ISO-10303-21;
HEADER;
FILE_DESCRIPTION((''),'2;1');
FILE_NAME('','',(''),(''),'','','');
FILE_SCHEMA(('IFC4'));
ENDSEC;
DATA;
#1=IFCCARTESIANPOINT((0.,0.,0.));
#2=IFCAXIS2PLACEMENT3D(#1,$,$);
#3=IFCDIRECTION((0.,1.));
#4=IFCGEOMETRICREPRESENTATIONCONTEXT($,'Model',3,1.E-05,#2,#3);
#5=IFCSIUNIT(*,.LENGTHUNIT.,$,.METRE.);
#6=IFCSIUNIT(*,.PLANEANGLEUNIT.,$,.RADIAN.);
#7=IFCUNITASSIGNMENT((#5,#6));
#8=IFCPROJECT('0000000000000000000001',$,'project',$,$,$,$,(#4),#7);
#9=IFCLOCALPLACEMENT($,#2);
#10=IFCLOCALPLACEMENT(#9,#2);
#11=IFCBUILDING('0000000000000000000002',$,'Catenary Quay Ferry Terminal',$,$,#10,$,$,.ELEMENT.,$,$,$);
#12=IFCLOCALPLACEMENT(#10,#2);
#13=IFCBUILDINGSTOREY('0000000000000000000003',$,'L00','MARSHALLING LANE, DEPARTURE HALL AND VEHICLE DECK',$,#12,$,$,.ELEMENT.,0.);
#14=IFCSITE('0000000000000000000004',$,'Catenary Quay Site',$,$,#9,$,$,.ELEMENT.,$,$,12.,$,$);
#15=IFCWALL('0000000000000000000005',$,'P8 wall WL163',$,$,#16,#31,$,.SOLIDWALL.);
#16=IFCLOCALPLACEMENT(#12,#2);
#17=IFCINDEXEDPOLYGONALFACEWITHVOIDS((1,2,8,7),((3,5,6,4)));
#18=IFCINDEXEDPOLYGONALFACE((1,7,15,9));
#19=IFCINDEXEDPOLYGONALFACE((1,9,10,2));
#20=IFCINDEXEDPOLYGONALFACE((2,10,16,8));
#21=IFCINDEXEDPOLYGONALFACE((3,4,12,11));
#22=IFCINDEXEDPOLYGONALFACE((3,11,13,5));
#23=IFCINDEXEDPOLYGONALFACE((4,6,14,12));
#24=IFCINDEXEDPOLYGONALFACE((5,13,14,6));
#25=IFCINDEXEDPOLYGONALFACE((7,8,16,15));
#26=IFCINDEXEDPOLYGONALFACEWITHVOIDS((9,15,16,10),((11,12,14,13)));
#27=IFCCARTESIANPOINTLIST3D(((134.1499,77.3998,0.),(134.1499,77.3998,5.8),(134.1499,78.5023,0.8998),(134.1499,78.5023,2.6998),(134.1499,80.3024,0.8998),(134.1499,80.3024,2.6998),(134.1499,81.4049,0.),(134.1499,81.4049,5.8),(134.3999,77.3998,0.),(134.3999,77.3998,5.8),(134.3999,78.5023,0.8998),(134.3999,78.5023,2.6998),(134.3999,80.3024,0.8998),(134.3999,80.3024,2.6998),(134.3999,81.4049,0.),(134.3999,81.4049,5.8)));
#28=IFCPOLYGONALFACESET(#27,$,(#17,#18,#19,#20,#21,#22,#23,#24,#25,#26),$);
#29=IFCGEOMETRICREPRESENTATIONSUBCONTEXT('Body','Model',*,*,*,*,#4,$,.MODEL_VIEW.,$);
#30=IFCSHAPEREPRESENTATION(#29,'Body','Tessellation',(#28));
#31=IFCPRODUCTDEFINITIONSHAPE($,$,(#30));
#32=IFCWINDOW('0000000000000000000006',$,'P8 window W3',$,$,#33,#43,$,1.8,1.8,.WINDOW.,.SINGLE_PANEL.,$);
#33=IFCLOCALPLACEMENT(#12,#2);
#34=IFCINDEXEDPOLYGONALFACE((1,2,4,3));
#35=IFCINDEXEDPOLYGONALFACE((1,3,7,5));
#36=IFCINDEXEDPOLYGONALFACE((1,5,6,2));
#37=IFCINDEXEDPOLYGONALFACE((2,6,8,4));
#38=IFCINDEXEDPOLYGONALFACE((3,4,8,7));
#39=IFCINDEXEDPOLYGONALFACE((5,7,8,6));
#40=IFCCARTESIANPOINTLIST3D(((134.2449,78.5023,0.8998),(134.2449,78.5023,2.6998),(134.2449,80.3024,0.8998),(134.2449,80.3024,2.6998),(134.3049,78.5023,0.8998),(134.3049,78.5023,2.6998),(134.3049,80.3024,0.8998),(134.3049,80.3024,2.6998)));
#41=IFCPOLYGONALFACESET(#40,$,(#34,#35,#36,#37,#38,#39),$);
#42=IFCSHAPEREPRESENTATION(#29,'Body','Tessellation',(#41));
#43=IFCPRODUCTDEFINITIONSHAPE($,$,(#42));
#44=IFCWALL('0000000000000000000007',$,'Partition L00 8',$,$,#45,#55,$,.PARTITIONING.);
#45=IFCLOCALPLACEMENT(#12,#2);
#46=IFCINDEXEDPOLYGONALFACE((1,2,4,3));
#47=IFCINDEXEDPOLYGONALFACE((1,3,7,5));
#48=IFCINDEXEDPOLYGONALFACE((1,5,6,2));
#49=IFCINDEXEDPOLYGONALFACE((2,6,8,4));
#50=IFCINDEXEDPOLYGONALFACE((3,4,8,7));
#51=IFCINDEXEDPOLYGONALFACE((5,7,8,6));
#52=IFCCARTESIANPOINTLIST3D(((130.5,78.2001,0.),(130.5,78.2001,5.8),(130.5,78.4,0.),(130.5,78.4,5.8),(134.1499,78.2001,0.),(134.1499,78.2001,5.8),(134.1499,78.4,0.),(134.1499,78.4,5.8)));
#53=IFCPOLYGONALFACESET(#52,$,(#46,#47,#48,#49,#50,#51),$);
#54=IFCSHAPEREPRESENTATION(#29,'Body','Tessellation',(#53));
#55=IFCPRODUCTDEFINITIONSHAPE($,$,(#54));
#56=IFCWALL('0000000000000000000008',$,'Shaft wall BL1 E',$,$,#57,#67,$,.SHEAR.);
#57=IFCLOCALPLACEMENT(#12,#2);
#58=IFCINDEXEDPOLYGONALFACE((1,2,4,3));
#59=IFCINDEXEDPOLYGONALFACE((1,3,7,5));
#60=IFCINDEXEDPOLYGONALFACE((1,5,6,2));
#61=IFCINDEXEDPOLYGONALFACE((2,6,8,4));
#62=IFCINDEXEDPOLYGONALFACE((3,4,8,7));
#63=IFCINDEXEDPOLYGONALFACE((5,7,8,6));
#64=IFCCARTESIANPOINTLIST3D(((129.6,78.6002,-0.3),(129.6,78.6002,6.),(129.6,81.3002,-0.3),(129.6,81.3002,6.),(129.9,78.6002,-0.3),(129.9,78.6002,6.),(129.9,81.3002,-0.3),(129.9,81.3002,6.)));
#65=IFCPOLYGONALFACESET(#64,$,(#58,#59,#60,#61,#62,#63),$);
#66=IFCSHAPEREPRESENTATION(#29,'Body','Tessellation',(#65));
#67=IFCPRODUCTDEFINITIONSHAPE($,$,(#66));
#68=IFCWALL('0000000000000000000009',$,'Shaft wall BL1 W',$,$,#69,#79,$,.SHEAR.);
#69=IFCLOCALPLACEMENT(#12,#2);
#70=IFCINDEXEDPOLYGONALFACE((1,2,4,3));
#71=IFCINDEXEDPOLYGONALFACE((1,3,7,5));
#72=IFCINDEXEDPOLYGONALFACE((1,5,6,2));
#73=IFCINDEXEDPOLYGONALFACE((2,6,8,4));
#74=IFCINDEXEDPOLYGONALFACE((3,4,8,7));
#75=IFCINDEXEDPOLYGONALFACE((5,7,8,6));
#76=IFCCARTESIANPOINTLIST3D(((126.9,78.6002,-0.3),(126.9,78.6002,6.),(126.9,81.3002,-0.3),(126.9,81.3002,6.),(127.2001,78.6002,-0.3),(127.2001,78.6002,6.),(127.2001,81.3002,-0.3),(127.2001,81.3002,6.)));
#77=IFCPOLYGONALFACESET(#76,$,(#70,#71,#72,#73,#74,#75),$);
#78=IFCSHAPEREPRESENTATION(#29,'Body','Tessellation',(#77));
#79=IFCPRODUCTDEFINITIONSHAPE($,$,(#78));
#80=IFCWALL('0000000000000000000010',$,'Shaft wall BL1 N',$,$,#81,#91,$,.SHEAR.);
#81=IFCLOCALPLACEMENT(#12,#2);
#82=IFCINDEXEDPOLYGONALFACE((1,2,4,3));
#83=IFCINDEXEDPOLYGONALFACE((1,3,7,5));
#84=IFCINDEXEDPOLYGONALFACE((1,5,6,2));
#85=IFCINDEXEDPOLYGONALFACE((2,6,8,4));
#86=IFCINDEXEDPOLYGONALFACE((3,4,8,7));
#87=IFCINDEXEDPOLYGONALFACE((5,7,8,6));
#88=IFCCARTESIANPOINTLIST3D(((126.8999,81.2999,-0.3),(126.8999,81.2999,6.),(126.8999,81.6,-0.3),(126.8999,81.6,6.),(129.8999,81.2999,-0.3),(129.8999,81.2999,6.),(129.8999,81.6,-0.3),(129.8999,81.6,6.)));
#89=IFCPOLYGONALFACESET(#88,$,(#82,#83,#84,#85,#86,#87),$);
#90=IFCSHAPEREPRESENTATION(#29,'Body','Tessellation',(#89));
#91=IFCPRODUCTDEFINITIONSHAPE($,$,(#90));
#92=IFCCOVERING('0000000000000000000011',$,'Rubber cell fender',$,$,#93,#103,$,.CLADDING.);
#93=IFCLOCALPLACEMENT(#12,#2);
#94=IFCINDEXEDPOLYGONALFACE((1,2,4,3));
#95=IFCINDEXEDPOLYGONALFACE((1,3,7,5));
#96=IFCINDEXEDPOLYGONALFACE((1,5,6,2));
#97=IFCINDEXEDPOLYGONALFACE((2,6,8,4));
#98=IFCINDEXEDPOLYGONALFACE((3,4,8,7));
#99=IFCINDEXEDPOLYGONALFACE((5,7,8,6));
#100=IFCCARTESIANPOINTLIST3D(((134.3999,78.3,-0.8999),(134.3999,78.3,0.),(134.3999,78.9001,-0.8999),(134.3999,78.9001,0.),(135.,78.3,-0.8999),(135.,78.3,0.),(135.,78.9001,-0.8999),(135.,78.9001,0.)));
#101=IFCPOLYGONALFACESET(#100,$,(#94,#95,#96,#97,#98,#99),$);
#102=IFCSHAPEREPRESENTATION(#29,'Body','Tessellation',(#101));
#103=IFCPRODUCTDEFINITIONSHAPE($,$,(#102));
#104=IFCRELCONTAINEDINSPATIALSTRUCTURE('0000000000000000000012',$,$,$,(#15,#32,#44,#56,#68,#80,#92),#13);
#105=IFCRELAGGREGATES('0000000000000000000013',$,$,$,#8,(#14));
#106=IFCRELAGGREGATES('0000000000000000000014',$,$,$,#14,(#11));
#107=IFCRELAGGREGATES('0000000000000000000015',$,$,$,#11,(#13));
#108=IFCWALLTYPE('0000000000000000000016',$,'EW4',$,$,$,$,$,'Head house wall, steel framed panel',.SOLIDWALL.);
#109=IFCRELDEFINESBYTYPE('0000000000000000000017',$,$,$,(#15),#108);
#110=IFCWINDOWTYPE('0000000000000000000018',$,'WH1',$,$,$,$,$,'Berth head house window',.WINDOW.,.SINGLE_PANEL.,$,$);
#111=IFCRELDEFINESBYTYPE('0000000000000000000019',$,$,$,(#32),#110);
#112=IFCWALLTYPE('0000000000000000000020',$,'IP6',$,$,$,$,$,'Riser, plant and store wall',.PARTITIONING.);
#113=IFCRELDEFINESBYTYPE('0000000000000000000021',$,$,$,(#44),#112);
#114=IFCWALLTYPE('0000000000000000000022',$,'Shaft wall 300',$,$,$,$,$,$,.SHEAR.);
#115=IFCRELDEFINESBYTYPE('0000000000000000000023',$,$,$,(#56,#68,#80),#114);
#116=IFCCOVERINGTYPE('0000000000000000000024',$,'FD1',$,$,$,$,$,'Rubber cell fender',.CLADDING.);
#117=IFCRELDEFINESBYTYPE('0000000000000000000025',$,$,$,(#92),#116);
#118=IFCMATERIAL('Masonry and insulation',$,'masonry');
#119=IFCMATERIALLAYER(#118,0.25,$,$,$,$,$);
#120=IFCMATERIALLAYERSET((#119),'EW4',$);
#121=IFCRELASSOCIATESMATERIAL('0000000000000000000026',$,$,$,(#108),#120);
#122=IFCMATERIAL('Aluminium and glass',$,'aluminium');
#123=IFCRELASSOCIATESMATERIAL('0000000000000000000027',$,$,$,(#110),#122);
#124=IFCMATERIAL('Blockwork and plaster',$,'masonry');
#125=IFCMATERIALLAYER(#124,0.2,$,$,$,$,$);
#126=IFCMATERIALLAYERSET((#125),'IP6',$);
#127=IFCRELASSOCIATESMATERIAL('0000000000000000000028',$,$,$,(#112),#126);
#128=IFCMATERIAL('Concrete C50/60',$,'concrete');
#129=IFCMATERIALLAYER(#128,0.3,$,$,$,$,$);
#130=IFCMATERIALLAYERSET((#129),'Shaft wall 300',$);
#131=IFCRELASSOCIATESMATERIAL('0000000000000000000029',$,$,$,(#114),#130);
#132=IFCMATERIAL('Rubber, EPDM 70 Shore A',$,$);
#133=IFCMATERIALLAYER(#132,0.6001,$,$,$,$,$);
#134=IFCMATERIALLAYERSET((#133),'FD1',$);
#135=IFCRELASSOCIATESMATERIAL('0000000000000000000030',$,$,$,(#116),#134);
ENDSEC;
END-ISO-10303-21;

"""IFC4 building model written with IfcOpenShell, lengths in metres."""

from ifc_helpers import new_model, si_unit, direction, frame, frame_2d, origin, origin_2d, place, context, subcontext, project, spatial, rectangle, extrude, material, layer, layer_set, type_object, element, fill, save


model = new_model("IFC4")

# Units and contexts
model_context = context("Model", 3, precision=1e-05, world=origin(), true_north=direction((0.0, 1.0)))
body_context = subcontext(model_context, "Body", "Model", "MODEL_VIEW")
ifc_project = project(units=[si_unit("LENGTHUNIT", "METRE"), si_unit("PLANEANGLEUNIT", "RADIAN")], contexts=[model_context])

# Site, building, storey
site_placement = place(None, origin())
site = spatial("IfcSite", under=ifc_project, at=site_placement, Name="Catenary Quay Site", CompositionType="ELEMENT", RefElevation=12.0)
building_placement = place(site_placement, origin())
building = spatial("IfcBuilding", under=site, at=building_placement, Name="Catenary Quay Ferry Terminal", CompositionType="ELEMENT")
storey_placement = place(building_placement, origin())
storey = spatial("IfcBuildingStorey", under=building, at=storey_placement, Name="L00", Description="MARSHALLING LANE, DEPARTURE HALL AND VEHICLE DECK", CompositionType="ELEMENT", Elevation=0.0)

# Wall, opening, window
ifc_material_1 = material(Name="Masonry and insulation", Category="masonry")
ifc_layer_1 = layer(ifc_material_1, 0.25)
ifc_layer_set_1 = layer_set([ifc_layer_1], Name="EW4")
wall_type_1 = type_object("IfcWallType", Name="EW4", ElementType="Head house wall, steel framed panel", PredefinedType="SOLIDWALL", material=ifc_layer_set_1)
ifc_material_2 = material(Name="Aluminium and glass", Category="aluminium")
window_type = type_object("IfcWindowType", Name="WH1", ElementType="Berth head house window", PartitioningType="SINGLE_PANEL", PredefinedType="WINDOW", material=ifc_material_2)
wall_1_placement = place(storey_placement, frame((134.2749, 77.3999, 0.0), z_axis=(0.0, 0.0, 1.0), x_axis=(0.0, 1.0, 0.0)))
wall_1 = element("IfcWall", 1, at=wall_1_placement, inside=storey, type_object=wall_type_1, Name="P8 wall WL163", PredefinedType="SOLIDWALL", context=body_context, shape_type="SweptSolid", body=[
    extrude(rectangle(XDim=4.0051, YDim=0.25, at=frame_2d((2.0024, 0.0))), origin(), (0.0, 0.0, 1.0), 5.8),
])
opening_1_placement = place(wall_1_placement, frame((1.1025, 0.0, 0.8999)))
opening_1 = element("IfcOpeningElement", 2, at=opening_1_placement, cuts=wall_1, PredefinedType="OPENING", context=body_context, shape_type="SweptSolid", body=[
    extrude(rectangle(XDim=1.8, YDim=1.8, at=frame_2d((0.8999, 0.8999))), frame((0.0, 0.135, 0.0), z_axis=(0.0, -1.0, 0.0), x_axis=(1.0, 0.0, 0.0)), (0.0, 0.0, 1.0), 0.27),
])
window_1_placement = place(opening_1_placement, origin())
window_1 = element("IfcWindow", 3, at=window_1_placement, inside=storey, type_object=window_type, Name="P8 window W3", OverallHeight=1.8, OverallWidth=1.8, PartitioningType="SINGLE_PANEL", PredefinedType="WINDOW", context=body_context, shape_type="SweptSolid", body=[
    extrude(rectangle(XDim=1.8, YDim=1.8, at=frame_2d((0.8999, 0.8999))), frame((0.0, 0.03, 0.0), z_axis=(0.0, -1.0, 0.0), x_axis=(1.0, 0.0, 0.0)), (0.0, 0.0, 1.0), 0.0601),
])
fill(opening_1, window_1)

# Walls
ifc_material_3 = material(Name="Blockwork and plaster", Category="masonry")
ifc_layer_2 = layer(ifc_material_3, 0.2)
ifc_layer_set_2 = layer_set([ifc_layer_2], Name="IP6")
wall_type_2 = type_object("IfcWallType", Name="IP6", ElementType="Riser, plant and store wall", PredefinedType="PARTITIONING", material=ifc_layer_set_2)
wall_2_placement = place(storey_placement, frame((130.5, 78.3, 0.0), z_axis=(0.0, 0.0, 1.0), x_axis=(1.0, 0.0, 0.0)))
element("IfcWall", 4, at=wall_2_placement, inside=storey, type_object=wall_type_2, Name="Partition L00 8", PredefinedType="PARTITIONING", context=body_context, shape_type="SweptSolid", body=[
    extrude(rectangle(XDim=3.6499, YDim=0.2, at=frame_2d((1.825, 0.0))), origin(), (0.0, 0.0, 1.0), 5.8),
])
ifc_material_4 = material(Name="Concrete C50/60", Category="concrete")
ifc_layer_3 = layer(ifc_material_4, 0.3)
ifc_layer_set_3 = layer_set([ifc_layer_3], Name="Shaft wall 300")
wall_type_3 = type_object("IfcWallType", Name="Shaft wall 300", PredefinedType="SHEAR", material=ifc_layer_set_3)
for number, where, z_axis, x_axis, name in (
    (5, (129.75, 78.6001, -0.3), (0.0, 0.0, 1.0), (0.0, 1.0, 0.0), "Shaft wall BL1 E"),
    (6, (127.05, 78.6001, -0.3), (0.0, 0.0, 1.0), (0.0, 1.0, 0.0), "Shaft wall BL1 W"),
):
    element("IfcWall", number, at=place(storey_placement, frame(where, z_axis=z_axis, x_axis=x_axis)), inside=storey, type_object=wall_type_3, Name=name, PredefinedType="SHEAR", context=body_context, shape_type="SweptSolid", body=[
        extrude(rectangle(XDim=2.7, YDim=0.3, at=frame_2d((1.3501, 0.0))), origin(), (0.0, 0.0, 1.0), 6.3),
    ])
wall_3_placement = place(storey_placement, frame((126.8999, 81.45, -0.3), z_axis=(0.0, 0.0, 1.0), x_axis=(1.0, 0.0, 0.0)))
element("IfcWall", 7, at=wall_3_placement, inside=storey, type_object=wall_type_3, Name="Shaft wall BL1 N", PredefinedType="SHEAR", context=body_context, shape_type="SweptSolid", body=[
    extrude(rectangle(XDim=3.0, YDim=0.3, at=frame_2d((1.5, 0.0))), origin(), (0.0, 0.0, 1.0), 6.3),
])

# Covering
ifc_material_5 = material(Name="Rubber, EPDM 70 Shore A")
ifc_layer_4 = layer(ifc_material_5, 0.6001)
ifc_layer_set_4 = layer_set([ifc_layer_4], Name="FD1")
covering_type_1 = type_object("IfcCoveringType", Name="FD1", ElementType="Rubber cell fender", PredefinedType="CLADDING", material=ifc_layer_set_4)
covering_1_placement = place(storey_placement, frame((134.7, 78.6001, -0.8999), z_axis=(0.0, 0.0, 1.0), x_axis=(1.0, 0.0, 0.0)))
element("IfcCovering", 8, at=covering_1_placement, inside=storey, type_object=covering_type_1, Name="Rubber cell fender", PredefinedType="CLADDING", context=body_context, shape_type="SweptSolid", body=[
    extrude(rectangle(XDim=0.6001, YDim=0.6001, at=origin_2d()), origin(), (0.0, 0.0, 1.0), 0.8999),
])

save(model, "model.ifc")
